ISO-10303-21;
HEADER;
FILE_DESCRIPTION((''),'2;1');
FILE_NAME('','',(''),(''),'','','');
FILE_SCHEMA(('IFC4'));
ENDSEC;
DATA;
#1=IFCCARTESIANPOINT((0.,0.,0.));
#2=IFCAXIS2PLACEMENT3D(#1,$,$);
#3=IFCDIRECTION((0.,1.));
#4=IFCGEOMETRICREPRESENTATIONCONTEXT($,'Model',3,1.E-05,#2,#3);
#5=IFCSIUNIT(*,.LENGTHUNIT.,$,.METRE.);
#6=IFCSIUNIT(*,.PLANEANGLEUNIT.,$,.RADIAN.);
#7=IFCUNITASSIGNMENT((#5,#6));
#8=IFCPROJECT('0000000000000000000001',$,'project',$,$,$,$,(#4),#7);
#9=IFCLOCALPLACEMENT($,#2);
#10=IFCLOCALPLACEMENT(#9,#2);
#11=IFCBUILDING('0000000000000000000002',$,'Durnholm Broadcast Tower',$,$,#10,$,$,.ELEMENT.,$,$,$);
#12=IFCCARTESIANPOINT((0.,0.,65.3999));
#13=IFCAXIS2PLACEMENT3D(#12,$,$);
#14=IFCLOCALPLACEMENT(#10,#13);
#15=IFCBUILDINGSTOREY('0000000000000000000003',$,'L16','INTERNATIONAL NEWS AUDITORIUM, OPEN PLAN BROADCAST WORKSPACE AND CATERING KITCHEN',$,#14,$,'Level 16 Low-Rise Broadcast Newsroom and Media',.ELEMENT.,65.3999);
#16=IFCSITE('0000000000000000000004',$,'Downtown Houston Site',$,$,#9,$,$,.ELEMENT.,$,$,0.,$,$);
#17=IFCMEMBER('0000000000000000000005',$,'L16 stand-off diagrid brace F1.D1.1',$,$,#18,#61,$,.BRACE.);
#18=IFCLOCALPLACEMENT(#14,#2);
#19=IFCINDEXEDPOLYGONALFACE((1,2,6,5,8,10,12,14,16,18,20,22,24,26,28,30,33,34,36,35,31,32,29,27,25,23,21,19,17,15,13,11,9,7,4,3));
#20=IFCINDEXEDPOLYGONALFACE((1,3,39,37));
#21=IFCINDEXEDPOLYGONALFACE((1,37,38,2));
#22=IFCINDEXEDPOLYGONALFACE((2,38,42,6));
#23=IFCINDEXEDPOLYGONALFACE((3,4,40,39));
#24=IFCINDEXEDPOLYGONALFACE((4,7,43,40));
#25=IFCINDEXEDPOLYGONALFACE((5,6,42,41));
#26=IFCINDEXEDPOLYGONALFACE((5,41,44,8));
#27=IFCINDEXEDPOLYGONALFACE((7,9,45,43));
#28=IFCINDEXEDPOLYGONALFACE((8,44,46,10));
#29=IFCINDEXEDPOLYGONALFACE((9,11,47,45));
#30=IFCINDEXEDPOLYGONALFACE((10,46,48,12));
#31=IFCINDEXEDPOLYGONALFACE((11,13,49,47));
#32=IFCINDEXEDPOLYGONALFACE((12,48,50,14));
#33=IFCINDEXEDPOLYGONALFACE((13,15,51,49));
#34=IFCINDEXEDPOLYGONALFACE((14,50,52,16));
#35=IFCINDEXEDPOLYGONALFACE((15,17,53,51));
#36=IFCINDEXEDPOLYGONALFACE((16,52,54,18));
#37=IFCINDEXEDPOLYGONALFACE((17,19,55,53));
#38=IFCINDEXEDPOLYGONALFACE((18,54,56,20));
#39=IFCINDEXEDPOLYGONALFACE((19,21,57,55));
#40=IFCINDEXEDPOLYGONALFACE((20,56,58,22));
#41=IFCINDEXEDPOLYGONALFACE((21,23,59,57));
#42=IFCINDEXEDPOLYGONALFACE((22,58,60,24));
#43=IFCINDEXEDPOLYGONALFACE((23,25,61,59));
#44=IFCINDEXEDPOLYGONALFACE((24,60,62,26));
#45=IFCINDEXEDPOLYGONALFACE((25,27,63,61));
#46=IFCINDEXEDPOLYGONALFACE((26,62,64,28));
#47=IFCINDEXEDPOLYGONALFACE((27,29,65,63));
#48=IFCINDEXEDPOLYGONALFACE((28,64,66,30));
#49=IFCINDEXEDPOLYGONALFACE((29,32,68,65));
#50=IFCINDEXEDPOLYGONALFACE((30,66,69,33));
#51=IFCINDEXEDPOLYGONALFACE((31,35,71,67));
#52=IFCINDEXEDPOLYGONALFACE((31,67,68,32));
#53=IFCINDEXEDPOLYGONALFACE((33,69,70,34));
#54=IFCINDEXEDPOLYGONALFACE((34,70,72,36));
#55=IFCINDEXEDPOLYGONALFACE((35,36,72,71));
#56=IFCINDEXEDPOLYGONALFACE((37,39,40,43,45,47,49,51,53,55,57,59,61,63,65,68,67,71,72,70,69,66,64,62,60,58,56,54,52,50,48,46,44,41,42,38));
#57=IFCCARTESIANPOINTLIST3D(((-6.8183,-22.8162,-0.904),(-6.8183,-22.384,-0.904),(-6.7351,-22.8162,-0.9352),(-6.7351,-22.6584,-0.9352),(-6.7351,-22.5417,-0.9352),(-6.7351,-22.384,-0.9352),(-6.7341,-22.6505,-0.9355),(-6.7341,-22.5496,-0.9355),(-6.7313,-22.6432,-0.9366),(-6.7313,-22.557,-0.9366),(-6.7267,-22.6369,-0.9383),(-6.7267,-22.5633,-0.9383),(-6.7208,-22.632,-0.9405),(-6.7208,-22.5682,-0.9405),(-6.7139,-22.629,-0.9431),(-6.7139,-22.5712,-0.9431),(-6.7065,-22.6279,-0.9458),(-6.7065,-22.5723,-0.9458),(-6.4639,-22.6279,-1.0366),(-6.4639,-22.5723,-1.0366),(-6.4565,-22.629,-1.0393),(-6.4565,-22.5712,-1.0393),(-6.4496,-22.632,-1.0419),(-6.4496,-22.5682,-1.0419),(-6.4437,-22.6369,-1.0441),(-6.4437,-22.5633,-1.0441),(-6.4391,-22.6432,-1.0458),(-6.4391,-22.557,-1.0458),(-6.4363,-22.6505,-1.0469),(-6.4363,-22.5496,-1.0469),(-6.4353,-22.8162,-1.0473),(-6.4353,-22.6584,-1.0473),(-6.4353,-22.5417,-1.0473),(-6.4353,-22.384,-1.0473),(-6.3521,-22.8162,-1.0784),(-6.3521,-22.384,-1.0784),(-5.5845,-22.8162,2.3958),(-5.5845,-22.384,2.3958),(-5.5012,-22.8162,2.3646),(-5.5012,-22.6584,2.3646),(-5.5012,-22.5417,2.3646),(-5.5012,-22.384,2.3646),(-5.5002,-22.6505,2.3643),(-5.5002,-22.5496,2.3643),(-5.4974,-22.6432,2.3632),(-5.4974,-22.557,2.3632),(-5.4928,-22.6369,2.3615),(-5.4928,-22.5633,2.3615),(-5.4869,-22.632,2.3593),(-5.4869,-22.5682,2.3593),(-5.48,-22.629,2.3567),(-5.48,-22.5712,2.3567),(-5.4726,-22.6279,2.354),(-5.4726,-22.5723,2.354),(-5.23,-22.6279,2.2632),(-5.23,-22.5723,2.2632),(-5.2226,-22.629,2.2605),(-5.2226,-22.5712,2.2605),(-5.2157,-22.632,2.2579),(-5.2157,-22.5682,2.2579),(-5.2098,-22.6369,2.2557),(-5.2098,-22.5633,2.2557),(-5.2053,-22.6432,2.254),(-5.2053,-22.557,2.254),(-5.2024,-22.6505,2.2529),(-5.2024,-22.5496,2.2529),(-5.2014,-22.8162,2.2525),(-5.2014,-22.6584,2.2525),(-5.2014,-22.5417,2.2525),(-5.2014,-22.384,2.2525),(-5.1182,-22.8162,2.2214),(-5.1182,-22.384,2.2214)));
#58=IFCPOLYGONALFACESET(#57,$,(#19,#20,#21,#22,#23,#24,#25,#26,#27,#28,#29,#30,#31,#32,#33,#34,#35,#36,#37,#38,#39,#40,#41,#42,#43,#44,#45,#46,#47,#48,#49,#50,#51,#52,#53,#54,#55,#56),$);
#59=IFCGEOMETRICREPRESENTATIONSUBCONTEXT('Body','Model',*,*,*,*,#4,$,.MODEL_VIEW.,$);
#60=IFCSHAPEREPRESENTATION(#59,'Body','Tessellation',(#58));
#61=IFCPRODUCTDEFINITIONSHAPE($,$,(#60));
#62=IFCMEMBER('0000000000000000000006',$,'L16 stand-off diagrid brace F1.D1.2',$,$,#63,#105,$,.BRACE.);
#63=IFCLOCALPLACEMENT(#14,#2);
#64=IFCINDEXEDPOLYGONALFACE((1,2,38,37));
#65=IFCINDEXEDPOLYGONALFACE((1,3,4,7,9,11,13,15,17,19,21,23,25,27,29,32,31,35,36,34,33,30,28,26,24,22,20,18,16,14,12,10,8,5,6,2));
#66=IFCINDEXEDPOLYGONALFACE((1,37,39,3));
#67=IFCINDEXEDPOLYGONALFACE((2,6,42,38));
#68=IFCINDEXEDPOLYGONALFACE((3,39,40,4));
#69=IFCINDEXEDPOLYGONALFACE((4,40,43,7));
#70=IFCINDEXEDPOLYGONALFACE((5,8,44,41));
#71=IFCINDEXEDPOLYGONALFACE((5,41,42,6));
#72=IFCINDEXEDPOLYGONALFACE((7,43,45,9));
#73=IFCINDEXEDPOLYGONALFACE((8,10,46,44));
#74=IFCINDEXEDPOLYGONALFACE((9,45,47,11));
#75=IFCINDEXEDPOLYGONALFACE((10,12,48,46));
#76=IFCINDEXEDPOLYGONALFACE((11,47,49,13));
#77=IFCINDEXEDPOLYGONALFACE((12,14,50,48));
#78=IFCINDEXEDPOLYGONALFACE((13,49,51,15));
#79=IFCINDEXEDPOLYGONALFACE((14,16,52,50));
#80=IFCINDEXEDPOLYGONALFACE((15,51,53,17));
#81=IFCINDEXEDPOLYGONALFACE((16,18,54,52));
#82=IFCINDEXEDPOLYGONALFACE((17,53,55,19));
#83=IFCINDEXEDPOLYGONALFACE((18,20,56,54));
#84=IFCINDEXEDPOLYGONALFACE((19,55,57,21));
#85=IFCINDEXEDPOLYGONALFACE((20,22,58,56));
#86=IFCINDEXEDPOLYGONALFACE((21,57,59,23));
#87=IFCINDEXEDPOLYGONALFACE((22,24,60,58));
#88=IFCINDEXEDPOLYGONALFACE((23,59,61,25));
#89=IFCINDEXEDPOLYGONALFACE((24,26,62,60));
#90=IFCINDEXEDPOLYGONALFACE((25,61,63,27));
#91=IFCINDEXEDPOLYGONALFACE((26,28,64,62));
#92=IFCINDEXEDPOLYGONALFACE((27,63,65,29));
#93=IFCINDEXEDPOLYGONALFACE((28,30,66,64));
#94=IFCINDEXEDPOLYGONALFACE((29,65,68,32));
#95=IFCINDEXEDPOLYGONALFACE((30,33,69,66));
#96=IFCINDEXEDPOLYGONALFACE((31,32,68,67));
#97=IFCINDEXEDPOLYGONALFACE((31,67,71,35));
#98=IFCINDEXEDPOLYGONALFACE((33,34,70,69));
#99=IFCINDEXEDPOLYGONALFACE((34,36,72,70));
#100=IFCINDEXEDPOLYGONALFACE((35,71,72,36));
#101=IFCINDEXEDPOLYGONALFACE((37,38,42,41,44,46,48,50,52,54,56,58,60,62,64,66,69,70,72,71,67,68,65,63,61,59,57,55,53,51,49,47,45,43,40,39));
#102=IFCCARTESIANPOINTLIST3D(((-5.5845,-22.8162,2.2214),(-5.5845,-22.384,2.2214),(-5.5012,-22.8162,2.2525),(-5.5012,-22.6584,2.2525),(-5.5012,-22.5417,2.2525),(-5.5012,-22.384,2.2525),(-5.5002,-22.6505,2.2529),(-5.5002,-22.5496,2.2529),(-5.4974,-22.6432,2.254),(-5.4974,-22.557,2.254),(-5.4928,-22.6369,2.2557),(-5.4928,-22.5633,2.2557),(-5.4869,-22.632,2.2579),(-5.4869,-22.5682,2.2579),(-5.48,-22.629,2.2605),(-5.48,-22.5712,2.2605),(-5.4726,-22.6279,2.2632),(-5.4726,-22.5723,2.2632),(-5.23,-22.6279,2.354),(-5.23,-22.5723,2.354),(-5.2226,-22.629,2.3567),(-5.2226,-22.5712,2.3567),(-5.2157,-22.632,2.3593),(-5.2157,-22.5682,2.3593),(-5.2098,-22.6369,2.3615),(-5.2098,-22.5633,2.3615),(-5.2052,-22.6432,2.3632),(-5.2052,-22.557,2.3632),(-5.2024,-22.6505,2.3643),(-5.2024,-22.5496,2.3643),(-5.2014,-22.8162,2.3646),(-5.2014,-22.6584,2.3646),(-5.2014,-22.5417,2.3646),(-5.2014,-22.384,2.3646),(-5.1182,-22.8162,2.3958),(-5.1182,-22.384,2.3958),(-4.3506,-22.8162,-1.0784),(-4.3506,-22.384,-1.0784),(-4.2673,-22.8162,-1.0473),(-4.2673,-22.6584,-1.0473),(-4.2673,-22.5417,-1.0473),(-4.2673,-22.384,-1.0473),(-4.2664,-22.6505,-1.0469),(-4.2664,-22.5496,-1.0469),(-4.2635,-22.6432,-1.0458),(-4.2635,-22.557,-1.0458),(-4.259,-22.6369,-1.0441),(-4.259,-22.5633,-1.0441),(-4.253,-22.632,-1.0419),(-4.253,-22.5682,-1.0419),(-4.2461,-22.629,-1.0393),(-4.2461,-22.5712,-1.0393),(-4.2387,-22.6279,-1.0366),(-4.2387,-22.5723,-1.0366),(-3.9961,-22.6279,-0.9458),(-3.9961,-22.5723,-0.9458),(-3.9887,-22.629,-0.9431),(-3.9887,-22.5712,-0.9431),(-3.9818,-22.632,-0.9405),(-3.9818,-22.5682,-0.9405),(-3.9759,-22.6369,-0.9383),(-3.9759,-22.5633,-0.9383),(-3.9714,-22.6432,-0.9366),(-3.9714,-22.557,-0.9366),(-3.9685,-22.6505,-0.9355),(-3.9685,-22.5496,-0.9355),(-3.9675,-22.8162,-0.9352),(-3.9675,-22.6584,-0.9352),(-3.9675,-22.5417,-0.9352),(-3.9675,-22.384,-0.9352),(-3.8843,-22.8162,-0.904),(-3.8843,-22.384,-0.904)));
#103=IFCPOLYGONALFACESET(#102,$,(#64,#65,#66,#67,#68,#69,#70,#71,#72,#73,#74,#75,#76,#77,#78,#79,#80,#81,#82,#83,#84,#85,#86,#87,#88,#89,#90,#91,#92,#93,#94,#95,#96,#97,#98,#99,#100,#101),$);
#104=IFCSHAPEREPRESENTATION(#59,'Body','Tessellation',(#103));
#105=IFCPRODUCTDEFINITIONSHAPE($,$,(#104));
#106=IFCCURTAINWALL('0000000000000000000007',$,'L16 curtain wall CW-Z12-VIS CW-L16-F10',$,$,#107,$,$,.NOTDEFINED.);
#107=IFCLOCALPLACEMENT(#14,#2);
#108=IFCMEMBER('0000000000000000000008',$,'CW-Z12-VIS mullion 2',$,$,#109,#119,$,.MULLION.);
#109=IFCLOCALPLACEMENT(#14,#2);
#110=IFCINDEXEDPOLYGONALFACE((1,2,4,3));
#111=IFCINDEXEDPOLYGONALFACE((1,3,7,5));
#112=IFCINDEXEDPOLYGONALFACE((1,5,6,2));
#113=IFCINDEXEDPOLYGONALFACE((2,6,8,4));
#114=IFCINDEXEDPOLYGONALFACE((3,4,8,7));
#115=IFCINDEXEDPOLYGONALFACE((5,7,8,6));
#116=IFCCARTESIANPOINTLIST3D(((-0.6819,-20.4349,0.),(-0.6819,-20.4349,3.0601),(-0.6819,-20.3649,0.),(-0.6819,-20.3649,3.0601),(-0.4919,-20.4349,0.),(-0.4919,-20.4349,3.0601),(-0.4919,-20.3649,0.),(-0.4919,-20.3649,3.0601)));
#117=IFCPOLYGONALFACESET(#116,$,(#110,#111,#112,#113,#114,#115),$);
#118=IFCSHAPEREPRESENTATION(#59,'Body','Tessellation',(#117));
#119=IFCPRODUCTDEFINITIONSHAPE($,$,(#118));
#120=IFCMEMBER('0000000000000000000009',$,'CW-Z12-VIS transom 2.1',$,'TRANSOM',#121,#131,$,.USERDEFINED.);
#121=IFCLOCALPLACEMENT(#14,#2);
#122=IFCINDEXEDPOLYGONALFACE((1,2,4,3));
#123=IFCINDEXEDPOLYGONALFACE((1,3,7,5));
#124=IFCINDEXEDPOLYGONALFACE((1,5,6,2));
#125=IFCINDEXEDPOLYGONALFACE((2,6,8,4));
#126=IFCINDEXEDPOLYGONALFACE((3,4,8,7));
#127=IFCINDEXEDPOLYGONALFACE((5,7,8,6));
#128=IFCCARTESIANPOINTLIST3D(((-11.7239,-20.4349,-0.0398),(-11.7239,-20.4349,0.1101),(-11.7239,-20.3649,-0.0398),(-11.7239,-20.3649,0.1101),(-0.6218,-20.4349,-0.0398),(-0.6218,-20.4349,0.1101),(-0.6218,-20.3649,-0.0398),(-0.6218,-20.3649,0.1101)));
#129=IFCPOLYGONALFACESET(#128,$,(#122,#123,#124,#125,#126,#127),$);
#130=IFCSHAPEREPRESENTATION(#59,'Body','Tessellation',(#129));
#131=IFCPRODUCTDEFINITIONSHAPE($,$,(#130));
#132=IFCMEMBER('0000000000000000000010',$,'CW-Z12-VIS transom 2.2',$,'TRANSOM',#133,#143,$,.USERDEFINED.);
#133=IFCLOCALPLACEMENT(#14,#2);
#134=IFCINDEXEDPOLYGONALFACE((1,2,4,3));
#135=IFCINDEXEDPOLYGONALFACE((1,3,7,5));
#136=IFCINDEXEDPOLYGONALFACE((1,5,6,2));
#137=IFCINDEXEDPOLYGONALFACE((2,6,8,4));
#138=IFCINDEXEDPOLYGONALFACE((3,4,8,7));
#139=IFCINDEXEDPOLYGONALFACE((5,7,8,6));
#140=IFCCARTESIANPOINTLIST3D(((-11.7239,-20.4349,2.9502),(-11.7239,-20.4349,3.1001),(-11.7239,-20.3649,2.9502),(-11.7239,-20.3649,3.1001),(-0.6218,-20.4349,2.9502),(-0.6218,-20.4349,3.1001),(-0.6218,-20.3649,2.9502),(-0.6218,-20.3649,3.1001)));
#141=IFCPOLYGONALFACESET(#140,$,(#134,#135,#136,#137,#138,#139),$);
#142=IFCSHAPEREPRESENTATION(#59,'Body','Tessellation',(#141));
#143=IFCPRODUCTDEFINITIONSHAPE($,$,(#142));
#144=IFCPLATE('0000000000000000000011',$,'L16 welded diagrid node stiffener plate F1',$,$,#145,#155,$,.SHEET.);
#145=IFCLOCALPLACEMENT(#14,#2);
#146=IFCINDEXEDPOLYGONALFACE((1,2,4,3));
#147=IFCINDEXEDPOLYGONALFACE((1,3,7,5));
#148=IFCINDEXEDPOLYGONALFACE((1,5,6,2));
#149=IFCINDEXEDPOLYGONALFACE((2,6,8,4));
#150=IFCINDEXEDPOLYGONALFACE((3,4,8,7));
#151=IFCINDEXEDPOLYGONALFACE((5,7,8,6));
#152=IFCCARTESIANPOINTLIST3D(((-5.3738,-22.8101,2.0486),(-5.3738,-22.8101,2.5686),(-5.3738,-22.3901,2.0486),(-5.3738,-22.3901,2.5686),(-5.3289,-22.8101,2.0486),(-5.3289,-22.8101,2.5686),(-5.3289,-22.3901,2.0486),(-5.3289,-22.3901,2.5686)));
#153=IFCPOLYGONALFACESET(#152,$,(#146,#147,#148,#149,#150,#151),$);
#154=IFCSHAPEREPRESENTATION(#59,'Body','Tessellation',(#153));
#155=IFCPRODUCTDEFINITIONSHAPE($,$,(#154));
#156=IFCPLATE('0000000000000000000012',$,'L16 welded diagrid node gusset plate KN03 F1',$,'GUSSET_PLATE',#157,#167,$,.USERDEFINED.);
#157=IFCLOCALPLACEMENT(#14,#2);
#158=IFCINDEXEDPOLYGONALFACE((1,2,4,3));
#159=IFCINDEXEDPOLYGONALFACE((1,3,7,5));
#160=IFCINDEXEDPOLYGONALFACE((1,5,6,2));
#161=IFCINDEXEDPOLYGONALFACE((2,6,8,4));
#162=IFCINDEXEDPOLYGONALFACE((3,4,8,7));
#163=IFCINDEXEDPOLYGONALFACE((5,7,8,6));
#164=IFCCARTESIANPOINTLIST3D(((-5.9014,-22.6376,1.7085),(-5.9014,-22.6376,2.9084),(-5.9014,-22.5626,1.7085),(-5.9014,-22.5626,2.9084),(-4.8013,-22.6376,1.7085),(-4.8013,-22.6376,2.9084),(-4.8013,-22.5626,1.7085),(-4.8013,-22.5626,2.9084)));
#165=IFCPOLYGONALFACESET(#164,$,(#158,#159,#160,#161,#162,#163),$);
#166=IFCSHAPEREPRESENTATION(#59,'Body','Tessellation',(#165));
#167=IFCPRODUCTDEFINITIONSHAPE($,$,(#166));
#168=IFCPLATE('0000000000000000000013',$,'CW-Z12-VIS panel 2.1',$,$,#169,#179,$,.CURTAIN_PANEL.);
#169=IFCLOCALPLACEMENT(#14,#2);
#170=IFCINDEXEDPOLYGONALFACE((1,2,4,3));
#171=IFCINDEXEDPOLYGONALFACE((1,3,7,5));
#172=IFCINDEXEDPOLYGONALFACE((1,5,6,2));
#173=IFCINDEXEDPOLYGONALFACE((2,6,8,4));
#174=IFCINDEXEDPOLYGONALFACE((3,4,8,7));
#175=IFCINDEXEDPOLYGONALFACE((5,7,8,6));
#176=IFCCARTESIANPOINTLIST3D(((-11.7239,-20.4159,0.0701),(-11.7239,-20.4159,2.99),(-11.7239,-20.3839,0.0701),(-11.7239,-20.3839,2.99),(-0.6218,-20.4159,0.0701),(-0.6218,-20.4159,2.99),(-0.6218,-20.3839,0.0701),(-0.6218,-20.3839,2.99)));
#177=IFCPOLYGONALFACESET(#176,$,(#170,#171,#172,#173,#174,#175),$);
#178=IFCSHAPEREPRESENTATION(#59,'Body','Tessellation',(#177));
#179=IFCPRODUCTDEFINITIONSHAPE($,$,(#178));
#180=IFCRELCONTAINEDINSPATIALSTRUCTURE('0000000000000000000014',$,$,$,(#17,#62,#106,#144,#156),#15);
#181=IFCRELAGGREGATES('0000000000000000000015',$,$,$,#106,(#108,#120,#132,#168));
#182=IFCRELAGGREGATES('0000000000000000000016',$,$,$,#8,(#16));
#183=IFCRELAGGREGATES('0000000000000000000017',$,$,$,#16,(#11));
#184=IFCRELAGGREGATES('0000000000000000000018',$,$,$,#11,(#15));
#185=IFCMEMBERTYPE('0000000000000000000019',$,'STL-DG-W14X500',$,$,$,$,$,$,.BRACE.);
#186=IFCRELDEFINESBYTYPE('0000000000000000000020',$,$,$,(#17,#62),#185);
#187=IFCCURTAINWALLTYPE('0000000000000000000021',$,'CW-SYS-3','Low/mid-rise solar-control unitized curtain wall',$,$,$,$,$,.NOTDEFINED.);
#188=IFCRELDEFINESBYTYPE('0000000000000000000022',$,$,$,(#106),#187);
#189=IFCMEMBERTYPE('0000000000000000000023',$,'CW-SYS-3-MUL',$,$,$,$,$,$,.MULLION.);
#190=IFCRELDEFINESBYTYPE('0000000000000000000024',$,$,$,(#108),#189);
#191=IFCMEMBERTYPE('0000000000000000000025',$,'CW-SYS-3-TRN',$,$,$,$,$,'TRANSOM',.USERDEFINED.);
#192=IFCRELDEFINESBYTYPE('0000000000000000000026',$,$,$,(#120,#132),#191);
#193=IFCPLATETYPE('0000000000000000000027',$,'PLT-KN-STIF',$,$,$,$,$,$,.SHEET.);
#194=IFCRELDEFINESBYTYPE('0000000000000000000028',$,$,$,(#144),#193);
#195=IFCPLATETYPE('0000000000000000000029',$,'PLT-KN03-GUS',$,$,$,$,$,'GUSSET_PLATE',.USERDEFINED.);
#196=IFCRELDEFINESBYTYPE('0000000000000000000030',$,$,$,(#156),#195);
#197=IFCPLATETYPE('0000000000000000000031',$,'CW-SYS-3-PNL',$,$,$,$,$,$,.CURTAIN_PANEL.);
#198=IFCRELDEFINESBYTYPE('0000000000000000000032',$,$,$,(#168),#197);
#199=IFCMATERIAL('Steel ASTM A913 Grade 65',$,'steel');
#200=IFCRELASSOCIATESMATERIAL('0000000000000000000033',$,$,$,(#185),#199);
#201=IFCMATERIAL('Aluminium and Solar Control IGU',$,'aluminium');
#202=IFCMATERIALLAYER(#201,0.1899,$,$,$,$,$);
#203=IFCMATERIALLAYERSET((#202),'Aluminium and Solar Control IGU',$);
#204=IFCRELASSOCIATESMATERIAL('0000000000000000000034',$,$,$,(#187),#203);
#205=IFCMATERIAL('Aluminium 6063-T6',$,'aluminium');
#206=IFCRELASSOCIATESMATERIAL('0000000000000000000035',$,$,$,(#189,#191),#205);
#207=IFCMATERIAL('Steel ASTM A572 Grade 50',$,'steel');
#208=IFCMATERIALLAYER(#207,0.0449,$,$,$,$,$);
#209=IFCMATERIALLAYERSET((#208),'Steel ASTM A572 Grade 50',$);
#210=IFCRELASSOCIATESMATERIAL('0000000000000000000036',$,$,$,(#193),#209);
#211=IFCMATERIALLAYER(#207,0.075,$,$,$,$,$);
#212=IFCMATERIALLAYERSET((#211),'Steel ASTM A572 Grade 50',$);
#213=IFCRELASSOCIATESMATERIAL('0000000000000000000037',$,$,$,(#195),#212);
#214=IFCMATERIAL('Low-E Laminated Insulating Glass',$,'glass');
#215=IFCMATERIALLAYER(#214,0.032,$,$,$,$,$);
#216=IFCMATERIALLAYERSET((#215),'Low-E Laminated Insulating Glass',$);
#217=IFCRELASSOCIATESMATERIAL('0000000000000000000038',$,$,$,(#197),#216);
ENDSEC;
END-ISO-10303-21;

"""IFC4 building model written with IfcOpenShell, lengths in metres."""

from ifc_helpers import new_model, si_unit, direction, frame, origin, origin_2d, place, context, subcontext, project, spatial, rectangle, i_section, extrude, source, transform, mapped, material, layer, layer_set, material_profile, profile_set, type_object, type_shapes, element, aggregate, save


model = new_model("IFC4")

# Units and contexts
model_context = context("Model", 3, precision=1e-05, world=origin(), true_north=direction((0.0, 1.0)))
body_context = subcontext(model_context, "Body", "Model", "MODEL_VIEW")
ifc_project = project(units=[si_unit("LENGTHUNIT", "METRE"), si_unit("PLANEANGLEUNIT", "RADIAN")], contexts=[model_context])

# Site, building, storey
site_placement = place(None, origin())
site = spatial("IfcSite", under=ifc_project, at=site_placement, Name="Downtown Houston Site", CompositionType="ELEMENT", RefElevation=0.0)
building_placement = place(site_placement, origin())
building = spatial("IfcBuilding", under=site, at=building_placement, Name="Durnholm Broadcast Tower", CompositionType="ELEMENT")
storey_placement = place(building_placement, frame((0.0, 0.0, 65.3999)))
storey = spatial("IfcBuildingStorey", under=building, at=storey_placement, Name="L16", Description="INTERNATIONAL NEWS AUDITORIUM, OPEN PLAN BROADCAST WORKSPACE AND CATERING KITCHEN", LongName="Level 16 Low-Rise Broadcast Newsroom and Media", CompositionType="ELEMENT", Elevation=65.3999)

# Members
ifc_material_1 = material(Name="Steel ASTM A913 Grade 65", Category="steel")
ifc_material_profile_1 = material_profile(ifc_material_1, i_section(OverallWidth=0.4321, OverallDepth=0.4978, WebThickness=0.0557, FlangeThickness=0.0889, FilletRadius=0.0305, at=origin_2d()), Name="W14X500")
ifc_profile_set_1 = profile_set([ifc_material_profile_1], Name="Steel ASTM A913 Grade 65")
member_type_1 = type_object("IfcMemberType", Name="STL-DG-W14X500", PredefinedType="BRACE", material=ifc_profile_set_1)
shared_shape_1 = source(origin(), body_context, "Body", "SweptSolid", [
    extrude(i_section(OverallWidth=0.4321, OverallDepth=0.4978, WebThickness=0.0557, FlangeThickness=0.0889, FilletRadius=0.0305, at=origin_2d()), origin(), (0.0, 0.0, 1.0), 3.5229),
])
type_shapes(member_type_1, [shared_shape_1])
for number, where, z_axis, x_axis, name in (
    (1, (-6.5852, -22.6001, -0.9912), (0.350242, 0.0, 0.936659), (0.0, 1.0, 0.0), "L16 stand-off diagrid brace F1.D1.1"),
    (2, (-4.1174, -22.6001, -0.9912), (-0.350242, 0.0, 0.936659), (0.0, -1.0, 0.0), "L16 stand-off diagrid brace F1.D1.2"),
):
    element("IfcMember", number, at=place(storey_placement, frame(where, z_axis=z_axis, x_axis=x_axis)), inside=storey, type_object=member_type_1, Name=name, PredefinedType="BRACE", context=body_context, shape_type="MappedRepresentation", body=[
        mapped(shared_shape_1, transform((0.0, 0.0, 0.0), x_axis=(1.0, 0.0, 0.0), y_axis=(0.0, 1.0, 0.0), z_axis=(0.0, 0.0, 1.0), scale=1.0)),
    ])

# Curtain wall, members
ifc_material_2 = material(Name="Aluminium and Solar Control IGU", Category="aluminium")
ifc_layer_1 = layer(ifc_material_2, 0.1899)
ifc_layer_set_1 = layer_set([ifc_layer_1], Name="Aluminium and Solar Control IGU")
curtain_wall_type = type_object("IfcCurtainWallType", Name="CW-SYS-3", Description="Low/mid-rise solar-control unitized curtain wall", PredefinedType="NOTDEFINED", material=ifc_layer_set_1)
curtain_wall_placement = place(storey_placement, origin())
curtain_wall = element("IfcCurtainWall", 3, at=curtain_wall_placement, inside=storey, type_object=curtain_wall_type, Name="L16 curtain wall CW-Z12-VIS CW-L16-F10", PredefinedType="NOTDEFINED")
ifc_material_3 = material(Name="Aluminium 6063-T6", Category="aluminium")
ifc_material_profile_2 = material_profile(ifc_material_3, rectangle(XDim=0.0701, YDim=0.1899, at=origin_2d()), Name="CWM70X190")
ifc_profile_set_2 = profile_set([ifc_material_profile_2], Name="Aluminium 6063-T6")
member_type_2 = type_object("IfcMemberType", Name="CW-SYS-3-MUL", PredefinedType="MULLION", material=ifc_profile_set_2)
shared_shape_2 = source(origin(), body_context, "Body", "SweptSolid", [
    extrude(rectangle(XDim=0.0701, YDim=0.1899, at=origin_2d()), origin(), (0.0, 0.0, 1.0), 3.0601),
])
type_shapes(member_type_2, [shared_shape_2])
member_1_placement = place(storey_placement, frame((-0.5869, -20.3999, 0.0), z_axis=(0.0, 0.0, 1.0), x_axis=(0.0, -1.0, 0.0)))
member_1 = element("IfcMember", 4, at=member_1_placement, type_object=member_type_2, Name="CW-Z12-VIS mullion 2", PredefinedType="MULLION", context=body_context, shape_type="MappedRepresentation", body=[
    mapped(shared_shape_2, transform((0.0, 0.0, 0.0), x_axis=(1.0, 0.0, 0.0), y_axis=(0.0, 1.0, 0.0), z_axis=(0.0, 0.0, 1.0), scale=1.0)),
])
ifc_material_profile_3 = material_profile(ifc_material_3, rectangle(XDim=0.0701, YDim=0.1499, at=origin_2d()), Name="CWT70X150")
ifc_profile_set_3 = profile_set([ifc_material_profile_3], Name="Aluminium 6063-T6")
member_type_3 = type_object("IfcMemberType", Name="CW-SYS-3-TRN", ElementType="TRANSOM", PredefinedType="USERDEFINED", material=ifc_profile_set_3)
shared_shape_3 = source(origin(), body_context, "Body", "SweptSolid", [
    extrude(rectangle(XDim=0.0701, YDim=0.1499, at=origin_2d()), origin(), (0.0, 0.0, 1.0), 11.1021),
])
type_shapes(member_type_3, [shared_shape_3])
member_2_placement = place(storey_placement, frame((-0.6218, -20.3999, 0.0352), z_axis=(-1.0, 0.0, 0.0), x_axis=(0.0, -1.0, 0.0)))
member_2 = element("IfcMember", 5, at=member_2_placement, type_object=member_type_3, Name="CW-Z12-VIS transom 2.1", ObjectType="TRANSOM", PredefinedType="USERDEFINED", context=body_context, shape_type="MappedRepresentation", body=[
    mapped(shared_shape_3, transform((0.0, 0.0, 0.0), x_axis=(1.0, 0.0, 0.0), y_axis=(0.0, 1.0, 0.0), z_axis=(0.0, 0.0, 1.0), scale=1.0)),
])
member_3_placement = place(storey_placement, frame((-0.6218, -20.3999, 3.0251), z_axis=(-1.0, 0.0, 0.0), x_axis=(0.0, -1.0, 0.0)))
member_3 = element("IfcMember", 6, at=member_3_placement, type_object=member_type_3, Name="CW-Z12-VIS transom 2.2", ObjectType="TRANSOM", PredefinedType="USERDEFINED", context=body_context, shape_type="MappedRepresentation", body=[
    mapped(shared_shape_3, transform((0.0, 0.0, 0.0), x_axis=(1.0, 0.0, 0.0), y_axis=(0.0, 1.0, 0.0), z_axis=(0.0, 0.0, 1.0), scale=1.0)),
])

# Plates
ifc_material_4 = material(Name="Steel ASTM A572 Grade 50", Category="steel")
ifc_layer_2 = layer(ifc_material_4, 0.0449)
ifc_layer_set_2 = layer_set([ifc_layer_2], Name="Steel ASTM A572 Grade 50")
plate_type_1 = type_object("IfcPlateType", Name="PLT-KN-STIF", PredefinedType="SHEET", material=ifc_layer_set_2)
shared_shape_4 = source(origin(), body_context, "Body", "SweptSolid", [
    extrude(rectangle(XDim=0.0449, YDim=0.4199, at=origin_2d()), origin(), (0.0, 0.0, 1.0), 0.52),
])
type_shapes(plate_type_1, [shared_shape_4])
plate_1_placement = place(storey_placement, frame((-5.3513, -22.6001, 2.0486), z_axis=(0.0, 0.0, 1.0), x_axis=(1.0, 0.0, 0.0)))
element("IfcPlate", 7, at=plate_1_placement, inside=storey, type_object=plate_type_1, Name="L16 welded diagrid node stiffener plate F1", PredefinedType="SHEET", context=body_context, shape_type="MappedRepresentation", body=[
    mapped(shared_shape_4, transform((0.0, 0.0, 0.0), x_axis=(1.0, 0.0, 0.0), y_axis=(0.0, 1.0, 0.0), z_axis=(0.0, 0.0, 1.0), scale=1.0)),
])
ifc_layer_3 = layer(ifc_material_4, 0.075)
ifc_layer_set_3 = layer_set([ifc_layer_3], Name="Steel ASTM A572 Grade 50")
plate_type_2 = type_object("IfcPlateType", Name="PLT-KN03-GUS", ElementType="GUSSET_PLATE", PredefinedType="USERDEFINED", material=ifc_layer_set_3)
shared_shape_5 = source(origin(), body_context, "Body", "SweptSolid", [
    extrude(rectangle(XDim=1.1001, YDim=0.075, at=origin_2d()), origin(), (0.0, 0.0, 1.0), 1.2),
])
type_shapes(plate_type_2, [shared_shape_5])
plate_2_placement = place(storey_placement, frame((-5.3513, -22.6001, 1.7085), z_axis=(0.0, 0.0, 1.0), x_axis=(1.0, 0.0, 0.0)))
element("IfcPlate", 8, at=plate_2_placement, inside=storey, type_object=plate_type_2, Name="L16 welded diagrid node gusset plate KN03 F1", ObjectType="GUSSET_PLATE", PredefinedType="USERDEFINED", context=body_context, shape_type="MappedRepresentation", body=[
    mapped(shared_shape_5, transform((0.0, 0.0, 0.0), x_axis=(1.0, 0.0, 0.0), y_axis=(0.0, 1.0, 0.0), z_axis=(0.0, 0.0, 1.0), scale=1.0)),
])

# Plate
ifc_material_5 = material(Name="Low-E Laminated Insulating Glass", Category="glass")
ifc_layer_4 = layer(ifc_material_5, 0.032)
ifc_layer_set_4 = layer_set([ifc_layer_4], Name="Low-E Laminated Insulating Glass")
plate_type_3 = type_object("IfcPlateType", Name="CW-SYS-3-PNL", PredefinedType="CURTAIN_PANEL", material=ifc_layer_set_4)
shared_shape_6 = source(origin(), body_context, "Body", "SweptSolid", [
    extrude(rectangle(XDim=11.1021, YDim=0.032, at=origin_2d()), origin(), (0.0, 0.0, 1.0), 2.9199),
])
type_shapes(plate_type_3, [shared_shape_6])
plate_3_placement = place(storey_placement, frame((-6.1729, -20.3999, 0.0701), z_axis=(0.0, 0.0, 1.0), x_axis=(-1.0, 0.0, 0.0)))
plate_3 = element("IfcPlate", 9, at=plate_3_placement, type_object=plate_type_3, Name="CW-Z12-VIS panel 2.1", PredefinedType="CURTAIN_PANEL", context=body_context, shape_type="MappedRepresentation", body=[
    mapped(shared_shape_6, transform((0.0, 0.0, 0.0), x_axis=(1.0, 0.0, 0.0), y_axis=(0.0, 1.0, 0.0), z_axis=(0.0, 0.0, 1.0), scale=1.0)),
])
aggregate(curtain_wall, [member_1, member_2, member_3, plate_3])

save(model, "model.ifc")
